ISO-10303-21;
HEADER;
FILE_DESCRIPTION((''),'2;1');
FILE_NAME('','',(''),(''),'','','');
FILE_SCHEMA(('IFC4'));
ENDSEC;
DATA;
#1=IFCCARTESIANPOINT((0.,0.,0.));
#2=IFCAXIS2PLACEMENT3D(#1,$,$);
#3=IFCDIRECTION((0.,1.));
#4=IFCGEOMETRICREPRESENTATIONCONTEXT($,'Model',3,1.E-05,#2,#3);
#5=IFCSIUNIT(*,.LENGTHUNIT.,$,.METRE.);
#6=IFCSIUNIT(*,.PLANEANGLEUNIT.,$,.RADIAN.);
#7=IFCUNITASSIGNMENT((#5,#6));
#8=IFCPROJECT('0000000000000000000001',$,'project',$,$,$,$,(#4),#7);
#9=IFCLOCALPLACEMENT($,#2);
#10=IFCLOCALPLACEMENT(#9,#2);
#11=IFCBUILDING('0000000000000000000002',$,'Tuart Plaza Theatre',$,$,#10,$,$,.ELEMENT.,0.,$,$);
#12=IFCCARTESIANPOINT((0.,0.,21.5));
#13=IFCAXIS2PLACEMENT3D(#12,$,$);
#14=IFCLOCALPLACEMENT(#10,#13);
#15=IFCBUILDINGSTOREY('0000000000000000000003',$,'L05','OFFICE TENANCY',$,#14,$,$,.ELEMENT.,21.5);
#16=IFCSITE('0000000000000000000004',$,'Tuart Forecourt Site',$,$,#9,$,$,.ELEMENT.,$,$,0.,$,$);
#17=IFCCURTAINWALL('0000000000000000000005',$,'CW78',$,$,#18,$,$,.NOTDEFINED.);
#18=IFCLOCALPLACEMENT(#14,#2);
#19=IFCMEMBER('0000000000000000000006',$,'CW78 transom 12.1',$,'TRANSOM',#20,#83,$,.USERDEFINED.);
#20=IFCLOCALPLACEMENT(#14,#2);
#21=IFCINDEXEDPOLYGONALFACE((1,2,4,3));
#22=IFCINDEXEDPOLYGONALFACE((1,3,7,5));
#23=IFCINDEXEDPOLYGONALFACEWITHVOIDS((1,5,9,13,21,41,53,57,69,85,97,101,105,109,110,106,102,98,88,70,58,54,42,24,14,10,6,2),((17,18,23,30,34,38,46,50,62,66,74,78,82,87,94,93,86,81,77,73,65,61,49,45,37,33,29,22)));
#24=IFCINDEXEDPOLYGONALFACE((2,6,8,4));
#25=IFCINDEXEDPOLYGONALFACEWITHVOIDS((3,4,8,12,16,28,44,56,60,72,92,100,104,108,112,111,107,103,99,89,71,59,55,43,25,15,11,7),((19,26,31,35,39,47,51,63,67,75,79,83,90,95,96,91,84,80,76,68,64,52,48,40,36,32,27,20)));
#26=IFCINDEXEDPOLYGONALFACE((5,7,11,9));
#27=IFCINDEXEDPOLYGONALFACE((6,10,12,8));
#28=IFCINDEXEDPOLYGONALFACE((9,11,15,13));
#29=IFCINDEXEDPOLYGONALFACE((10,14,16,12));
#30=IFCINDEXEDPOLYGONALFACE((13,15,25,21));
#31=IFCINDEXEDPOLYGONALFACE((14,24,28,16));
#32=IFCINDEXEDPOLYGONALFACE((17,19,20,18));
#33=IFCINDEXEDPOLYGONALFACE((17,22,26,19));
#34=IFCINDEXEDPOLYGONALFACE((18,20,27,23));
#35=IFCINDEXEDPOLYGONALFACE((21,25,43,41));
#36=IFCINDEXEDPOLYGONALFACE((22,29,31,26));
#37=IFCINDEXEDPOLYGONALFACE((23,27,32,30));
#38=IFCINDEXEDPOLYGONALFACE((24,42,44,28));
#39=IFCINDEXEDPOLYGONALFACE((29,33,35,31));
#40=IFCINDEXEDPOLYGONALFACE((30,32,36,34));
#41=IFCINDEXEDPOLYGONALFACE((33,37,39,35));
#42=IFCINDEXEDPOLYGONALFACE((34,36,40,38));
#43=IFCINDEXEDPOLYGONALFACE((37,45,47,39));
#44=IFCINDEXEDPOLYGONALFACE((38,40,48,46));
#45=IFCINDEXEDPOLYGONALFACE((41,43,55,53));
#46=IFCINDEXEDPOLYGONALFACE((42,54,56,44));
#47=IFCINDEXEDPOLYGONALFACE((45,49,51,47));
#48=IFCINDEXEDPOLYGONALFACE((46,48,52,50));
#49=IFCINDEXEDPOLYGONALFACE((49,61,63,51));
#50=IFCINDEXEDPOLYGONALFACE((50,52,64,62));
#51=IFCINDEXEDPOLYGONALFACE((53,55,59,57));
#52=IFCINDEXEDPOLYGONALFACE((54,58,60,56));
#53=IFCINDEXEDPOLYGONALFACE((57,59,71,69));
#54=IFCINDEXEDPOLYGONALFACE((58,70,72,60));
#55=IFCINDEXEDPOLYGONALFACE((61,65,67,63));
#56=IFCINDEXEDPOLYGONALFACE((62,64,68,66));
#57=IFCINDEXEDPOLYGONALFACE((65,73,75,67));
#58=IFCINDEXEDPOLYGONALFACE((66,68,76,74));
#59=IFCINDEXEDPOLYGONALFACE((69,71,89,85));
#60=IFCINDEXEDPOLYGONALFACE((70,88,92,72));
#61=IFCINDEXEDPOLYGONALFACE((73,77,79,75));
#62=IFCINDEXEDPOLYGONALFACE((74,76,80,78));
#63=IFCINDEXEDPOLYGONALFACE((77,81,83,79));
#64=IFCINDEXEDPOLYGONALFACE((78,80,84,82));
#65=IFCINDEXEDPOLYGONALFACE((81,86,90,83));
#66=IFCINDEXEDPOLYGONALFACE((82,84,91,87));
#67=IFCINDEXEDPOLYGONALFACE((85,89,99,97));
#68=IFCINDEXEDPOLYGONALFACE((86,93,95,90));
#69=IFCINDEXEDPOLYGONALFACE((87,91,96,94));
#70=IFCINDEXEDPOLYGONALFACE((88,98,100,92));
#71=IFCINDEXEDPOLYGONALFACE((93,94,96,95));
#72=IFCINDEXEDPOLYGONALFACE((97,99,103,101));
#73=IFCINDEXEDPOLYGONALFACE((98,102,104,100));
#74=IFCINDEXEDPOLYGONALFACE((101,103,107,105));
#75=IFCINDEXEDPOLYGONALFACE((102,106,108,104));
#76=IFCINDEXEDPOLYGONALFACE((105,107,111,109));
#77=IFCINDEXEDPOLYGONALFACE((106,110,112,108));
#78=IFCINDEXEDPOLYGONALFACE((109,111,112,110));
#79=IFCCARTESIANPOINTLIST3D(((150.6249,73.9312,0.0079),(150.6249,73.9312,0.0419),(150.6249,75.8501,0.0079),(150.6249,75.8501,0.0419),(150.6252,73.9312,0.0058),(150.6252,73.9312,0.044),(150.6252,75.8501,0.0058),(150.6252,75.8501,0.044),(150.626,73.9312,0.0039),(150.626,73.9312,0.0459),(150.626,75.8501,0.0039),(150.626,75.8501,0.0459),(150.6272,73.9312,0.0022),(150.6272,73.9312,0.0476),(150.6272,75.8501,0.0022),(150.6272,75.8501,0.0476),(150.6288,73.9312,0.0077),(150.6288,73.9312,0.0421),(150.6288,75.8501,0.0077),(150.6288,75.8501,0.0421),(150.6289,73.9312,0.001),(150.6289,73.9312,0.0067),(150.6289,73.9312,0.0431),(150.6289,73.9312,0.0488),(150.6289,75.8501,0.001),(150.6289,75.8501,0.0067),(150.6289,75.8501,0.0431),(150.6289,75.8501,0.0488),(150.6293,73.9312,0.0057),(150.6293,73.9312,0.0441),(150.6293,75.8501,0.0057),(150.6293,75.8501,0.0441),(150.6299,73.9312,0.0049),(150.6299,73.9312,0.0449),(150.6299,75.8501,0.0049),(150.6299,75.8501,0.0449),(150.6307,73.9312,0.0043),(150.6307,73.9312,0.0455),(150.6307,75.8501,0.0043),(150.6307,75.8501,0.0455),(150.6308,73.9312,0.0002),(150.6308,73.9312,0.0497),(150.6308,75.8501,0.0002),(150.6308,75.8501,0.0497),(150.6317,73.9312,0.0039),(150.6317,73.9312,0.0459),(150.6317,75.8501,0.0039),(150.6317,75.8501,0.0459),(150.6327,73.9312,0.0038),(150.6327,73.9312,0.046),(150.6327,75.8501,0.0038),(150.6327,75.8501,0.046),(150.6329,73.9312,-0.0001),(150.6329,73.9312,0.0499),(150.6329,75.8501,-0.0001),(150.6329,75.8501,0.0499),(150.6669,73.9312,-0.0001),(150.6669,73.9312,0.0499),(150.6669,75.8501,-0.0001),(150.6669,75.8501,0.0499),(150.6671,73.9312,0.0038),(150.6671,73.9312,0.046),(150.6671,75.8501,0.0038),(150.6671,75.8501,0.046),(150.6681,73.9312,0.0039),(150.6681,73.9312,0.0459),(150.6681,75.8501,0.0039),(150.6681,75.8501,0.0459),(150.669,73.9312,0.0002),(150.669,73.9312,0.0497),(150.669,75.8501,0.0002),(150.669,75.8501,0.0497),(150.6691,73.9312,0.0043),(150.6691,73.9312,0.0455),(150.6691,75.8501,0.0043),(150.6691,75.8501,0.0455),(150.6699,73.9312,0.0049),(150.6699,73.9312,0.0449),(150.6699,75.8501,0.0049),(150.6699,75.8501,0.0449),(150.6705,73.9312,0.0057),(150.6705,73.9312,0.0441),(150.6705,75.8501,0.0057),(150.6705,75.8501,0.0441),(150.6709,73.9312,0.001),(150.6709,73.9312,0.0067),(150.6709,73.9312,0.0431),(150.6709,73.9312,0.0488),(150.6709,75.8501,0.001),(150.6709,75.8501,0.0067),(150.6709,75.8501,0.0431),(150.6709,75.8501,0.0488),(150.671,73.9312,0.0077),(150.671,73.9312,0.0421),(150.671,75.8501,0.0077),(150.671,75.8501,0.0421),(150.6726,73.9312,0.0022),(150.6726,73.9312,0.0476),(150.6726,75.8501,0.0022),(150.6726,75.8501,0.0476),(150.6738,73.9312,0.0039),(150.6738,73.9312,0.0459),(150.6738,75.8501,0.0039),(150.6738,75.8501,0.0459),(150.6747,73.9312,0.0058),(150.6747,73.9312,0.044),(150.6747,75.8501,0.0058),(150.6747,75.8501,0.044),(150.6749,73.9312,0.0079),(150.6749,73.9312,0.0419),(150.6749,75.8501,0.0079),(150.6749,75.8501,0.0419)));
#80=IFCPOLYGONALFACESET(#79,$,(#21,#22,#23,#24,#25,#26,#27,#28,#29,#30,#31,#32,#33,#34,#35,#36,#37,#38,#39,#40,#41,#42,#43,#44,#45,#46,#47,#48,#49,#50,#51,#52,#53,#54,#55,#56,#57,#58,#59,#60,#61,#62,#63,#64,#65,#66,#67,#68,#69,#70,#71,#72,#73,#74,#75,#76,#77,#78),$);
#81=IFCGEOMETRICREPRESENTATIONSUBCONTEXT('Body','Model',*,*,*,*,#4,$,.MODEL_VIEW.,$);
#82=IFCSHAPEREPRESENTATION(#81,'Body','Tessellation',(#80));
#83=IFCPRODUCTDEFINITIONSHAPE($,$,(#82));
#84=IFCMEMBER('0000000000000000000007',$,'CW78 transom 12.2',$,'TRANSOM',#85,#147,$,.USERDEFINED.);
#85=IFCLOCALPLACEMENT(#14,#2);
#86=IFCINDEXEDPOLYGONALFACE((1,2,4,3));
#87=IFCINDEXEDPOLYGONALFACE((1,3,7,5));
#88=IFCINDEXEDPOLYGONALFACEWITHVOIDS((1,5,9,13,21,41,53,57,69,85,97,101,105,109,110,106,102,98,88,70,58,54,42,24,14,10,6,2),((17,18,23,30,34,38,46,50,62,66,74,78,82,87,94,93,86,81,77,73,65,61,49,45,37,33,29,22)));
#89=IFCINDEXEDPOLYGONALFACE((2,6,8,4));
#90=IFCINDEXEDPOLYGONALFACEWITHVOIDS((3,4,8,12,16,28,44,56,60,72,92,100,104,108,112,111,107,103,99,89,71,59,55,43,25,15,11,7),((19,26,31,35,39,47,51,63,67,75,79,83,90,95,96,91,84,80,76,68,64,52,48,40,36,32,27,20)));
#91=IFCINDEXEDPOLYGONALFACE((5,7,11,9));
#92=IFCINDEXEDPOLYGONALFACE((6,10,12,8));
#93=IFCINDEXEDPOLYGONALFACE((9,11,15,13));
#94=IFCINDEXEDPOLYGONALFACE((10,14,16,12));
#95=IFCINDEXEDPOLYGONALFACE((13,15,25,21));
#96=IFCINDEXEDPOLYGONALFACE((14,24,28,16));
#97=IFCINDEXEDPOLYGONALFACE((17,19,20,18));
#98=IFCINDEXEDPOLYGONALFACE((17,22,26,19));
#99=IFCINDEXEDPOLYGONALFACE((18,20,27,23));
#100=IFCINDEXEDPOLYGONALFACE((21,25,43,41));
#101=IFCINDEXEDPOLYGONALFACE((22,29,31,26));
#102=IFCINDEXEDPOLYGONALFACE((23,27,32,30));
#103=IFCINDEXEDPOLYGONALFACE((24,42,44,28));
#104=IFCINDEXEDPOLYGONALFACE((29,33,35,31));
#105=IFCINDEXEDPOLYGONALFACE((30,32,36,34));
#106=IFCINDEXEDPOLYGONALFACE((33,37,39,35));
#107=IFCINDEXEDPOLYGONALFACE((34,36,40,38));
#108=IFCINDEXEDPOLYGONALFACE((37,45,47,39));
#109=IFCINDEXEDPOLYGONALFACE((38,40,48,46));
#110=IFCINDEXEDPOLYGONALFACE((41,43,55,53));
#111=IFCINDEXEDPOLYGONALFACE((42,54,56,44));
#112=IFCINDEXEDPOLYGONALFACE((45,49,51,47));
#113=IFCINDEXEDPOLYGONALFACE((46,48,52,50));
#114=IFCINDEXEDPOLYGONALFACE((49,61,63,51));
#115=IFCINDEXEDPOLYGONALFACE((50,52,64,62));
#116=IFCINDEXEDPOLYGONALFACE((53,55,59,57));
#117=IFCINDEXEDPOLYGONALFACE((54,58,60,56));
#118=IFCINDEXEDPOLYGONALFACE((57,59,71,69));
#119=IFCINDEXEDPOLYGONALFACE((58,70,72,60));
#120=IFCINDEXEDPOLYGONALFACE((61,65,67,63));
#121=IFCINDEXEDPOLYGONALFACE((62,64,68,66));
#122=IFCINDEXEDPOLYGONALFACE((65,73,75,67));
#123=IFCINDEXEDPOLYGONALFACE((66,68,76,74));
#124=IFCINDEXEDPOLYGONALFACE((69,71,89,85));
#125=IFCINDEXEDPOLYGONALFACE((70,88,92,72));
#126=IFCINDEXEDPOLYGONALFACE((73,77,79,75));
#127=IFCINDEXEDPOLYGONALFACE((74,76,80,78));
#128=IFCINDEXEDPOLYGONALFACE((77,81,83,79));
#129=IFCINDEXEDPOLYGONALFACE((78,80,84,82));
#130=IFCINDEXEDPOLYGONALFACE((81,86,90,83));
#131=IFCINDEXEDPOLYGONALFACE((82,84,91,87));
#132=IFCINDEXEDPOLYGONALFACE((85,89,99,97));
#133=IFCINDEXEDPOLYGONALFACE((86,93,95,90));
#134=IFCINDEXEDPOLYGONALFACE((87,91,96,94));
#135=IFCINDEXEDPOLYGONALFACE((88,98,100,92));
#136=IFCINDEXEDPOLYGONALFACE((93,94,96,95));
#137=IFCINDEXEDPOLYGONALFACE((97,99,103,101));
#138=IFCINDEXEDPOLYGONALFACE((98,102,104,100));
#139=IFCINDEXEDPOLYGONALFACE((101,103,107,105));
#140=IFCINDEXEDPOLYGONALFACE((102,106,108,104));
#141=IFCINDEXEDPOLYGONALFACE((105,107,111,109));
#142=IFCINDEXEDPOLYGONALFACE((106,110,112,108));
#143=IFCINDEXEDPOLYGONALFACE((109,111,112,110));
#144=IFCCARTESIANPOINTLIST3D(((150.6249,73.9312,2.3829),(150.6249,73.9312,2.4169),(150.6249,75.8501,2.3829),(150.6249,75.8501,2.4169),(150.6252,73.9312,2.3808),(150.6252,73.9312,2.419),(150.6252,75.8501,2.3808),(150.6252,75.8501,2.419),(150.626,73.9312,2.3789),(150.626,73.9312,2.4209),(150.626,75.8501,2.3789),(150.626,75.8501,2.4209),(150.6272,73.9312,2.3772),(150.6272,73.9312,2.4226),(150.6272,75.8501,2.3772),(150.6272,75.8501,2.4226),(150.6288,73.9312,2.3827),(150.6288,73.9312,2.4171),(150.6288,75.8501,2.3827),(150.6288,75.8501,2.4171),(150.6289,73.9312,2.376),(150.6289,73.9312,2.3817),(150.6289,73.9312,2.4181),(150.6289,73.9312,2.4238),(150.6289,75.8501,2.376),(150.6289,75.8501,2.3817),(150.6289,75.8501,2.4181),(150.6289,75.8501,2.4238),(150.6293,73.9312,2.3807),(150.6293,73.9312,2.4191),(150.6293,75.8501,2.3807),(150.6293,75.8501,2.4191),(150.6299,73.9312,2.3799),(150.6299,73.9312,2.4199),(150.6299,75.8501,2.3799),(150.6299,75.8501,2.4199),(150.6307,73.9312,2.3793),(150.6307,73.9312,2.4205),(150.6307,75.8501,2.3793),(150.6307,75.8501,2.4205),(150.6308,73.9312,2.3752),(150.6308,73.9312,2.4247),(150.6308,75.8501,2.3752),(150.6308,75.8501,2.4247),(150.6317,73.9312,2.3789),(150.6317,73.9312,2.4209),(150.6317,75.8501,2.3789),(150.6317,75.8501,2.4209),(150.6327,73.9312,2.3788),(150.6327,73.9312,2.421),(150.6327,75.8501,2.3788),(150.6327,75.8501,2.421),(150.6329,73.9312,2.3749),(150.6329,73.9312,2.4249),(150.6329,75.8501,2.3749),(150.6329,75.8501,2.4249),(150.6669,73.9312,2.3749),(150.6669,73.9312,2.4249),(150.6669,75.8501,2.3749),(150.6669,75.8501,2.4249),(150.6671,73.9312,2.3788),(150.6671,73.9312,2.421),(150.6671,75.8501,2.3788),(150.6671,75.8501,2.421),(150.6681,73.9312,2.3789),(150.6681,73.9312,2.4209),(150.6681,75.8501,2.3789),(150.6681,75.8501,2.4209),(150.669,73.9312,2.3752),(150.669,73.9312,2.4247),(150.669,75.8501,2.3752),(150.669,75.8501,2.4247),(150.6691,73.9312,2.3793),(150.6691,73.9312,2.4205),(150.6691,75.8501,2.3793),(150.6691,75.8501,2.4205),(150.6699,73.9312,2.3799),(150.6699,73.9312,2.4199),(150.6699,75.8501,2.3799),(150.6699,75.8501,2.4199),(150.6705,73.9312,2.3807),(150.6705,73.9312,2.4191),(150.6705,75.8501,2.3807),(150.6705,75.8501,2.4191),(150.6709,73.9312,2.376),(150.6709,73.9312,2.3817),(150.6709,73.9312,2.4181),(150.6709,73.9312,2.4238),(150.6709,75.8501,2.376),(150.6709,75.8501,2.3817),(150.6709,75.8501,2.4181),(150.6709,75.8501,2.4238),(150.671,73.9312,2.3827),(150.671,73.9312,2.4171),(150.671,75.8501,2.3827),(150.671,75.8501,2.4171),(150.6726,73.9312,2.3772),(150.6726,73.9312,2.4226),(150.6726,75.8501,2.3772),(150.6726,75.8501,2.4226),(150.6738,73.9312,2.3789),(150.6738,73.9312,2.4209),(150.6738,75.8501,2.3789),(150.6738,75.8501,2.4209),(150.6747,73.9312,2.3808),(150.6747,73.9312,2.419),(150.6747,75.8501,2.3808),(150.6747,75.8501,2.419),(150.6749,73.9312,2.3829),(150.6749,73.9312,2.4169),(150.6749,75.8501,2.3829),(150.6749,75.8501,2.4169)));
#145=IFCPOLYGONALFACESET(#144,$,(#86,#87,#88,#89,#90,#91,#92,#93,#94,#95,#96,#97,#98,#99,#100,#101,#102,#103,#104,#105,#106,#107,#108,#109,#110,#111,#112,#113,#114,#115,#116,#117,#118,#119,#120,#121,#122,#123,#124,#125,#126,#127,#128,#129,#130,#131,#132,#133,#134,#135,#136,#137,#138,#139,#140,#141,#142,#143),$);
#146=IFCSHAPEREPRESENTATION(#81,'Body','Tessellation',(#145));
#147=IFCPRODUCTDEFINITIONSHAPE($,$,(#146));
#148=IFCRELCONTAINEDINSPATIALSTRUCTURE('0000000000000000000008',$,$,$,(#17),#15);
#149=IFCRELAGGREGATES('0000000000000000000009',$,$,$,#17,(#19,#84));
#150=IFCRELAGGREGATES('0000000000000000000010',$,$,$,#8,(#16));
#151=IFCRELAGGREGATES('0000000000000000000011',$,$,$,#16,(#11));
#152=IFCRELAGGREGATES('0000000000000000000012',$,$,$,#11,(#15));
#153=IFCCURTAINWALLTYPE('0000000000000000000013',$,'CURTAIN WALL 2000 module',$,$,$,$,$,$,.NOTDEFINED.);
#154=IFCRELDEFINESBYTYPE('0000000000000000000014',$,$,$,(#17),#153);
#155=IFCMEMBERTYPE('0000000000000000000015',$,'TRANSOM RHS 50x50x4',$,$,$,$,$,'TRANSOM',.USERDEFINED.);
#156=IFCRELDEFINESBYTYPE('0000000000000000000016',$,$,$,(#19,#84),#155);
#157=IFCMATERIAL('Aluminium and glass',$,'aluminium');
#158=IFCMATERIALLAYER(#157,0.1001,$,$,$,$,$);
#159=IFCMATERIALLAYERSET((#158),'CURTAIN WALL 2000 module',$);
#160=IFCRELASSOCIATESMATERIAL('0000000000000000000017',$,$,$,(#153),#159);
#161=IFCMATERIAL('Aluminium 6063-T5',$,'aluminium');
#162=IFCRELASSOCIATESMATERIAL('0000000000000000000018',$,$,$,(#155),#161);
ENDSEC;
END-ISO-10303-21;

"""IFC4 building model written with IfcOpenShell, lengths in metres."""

from ifc_helpers import new_model, si_unit, direction, frame, origin, origin_2d, place, context, subcontext, project, spatial, hollow_rectangle, extrude, material, layer, layer_set, material_profile, profile_set, type_object, element, aggregate, save


model = new_model("IFC4")

# Units and contexts
model_context = context("Model", 3, precision=1e-05, world=origin(), true_north=direction((0.0, 1.0)))
body_context = subcontext(model_context, "Body", "Model", "MODEL_VIEW")
ifc_project = project(units=[si_unit("LENGTHUNIT", "METRE"), si_unit("PLANEANGLEUNIT", "RADIAN")], contexts=[model_context])

# Site, building, storey
site_placement = place(None, origin())
site = spatial("IfcSite", under=ifc_project, at=site_placement, Name="Tuart Forecourt Site", CompositionType="ELEMENT", RefElevation=0.0)
building_placement = place(site_placement, origin())
building = spatial("IfcBuilding", under=site, at=building_placement, Name="Tuart Plaza Theatre", CompositionType="ELEMENT", ElevationOfRefHeight=0.0)
storey_placement = place(building_placement, frame((0.0, 0.0, 21.5)))
storey = spatial("IfcBuildingStorey", under=building, at=storey_placement, Name="L05", Description="OFFICE TENANCY", CompositionType="ELEMENT", Elevation=21.5)

# Curtain wall, members
ifc_material_1 = material(Name="Aluminium and glass", Category="aluminium")
ifc_layer_1 = layer(ifc_material_1, 0.1001)
ifc_layer_set_1 = layer_set([ifc_layer_1], Name="CURTAIN WALL 2000 module")
curtain_wall_type = type_object("IfcCurtainWallType", Name="CURTAIN WALL 2000 module", PredefinedType="NOTDEFINED", material=ifc_layer_set_1)
curtain_wall_placement = place(storey_placement, origin())
curtain_wall = element("IfcCurtainWall", 1, at=curtain_wall_placement, inside=storey, type_object=curtain_wall_type, Name="CW78", PredefinedType="NOTDEFINED")
ifc_material_2 = material(Name="Aluminium 6063-T5", Category="aluminium")
ifc_material_profile_1 = material_profile(ifc_material_2, hollow_rectangle(XDim=0.05, YDim=0.05, WallThickness=0.0039, InnerFilletRadius=0.0039, OuterFilletRadius=0.0081, at=origin_2d()), Name="RHS 50x50x4")
ifc_profile_set_1 = profile_set([ifc_material_profile_1], Name="Aluminium 6063-T5")
member_type_1 = type_object("IfcMemberType", Name="TRANSOM RHS 50x50x4", ElementType="TRANSOM", PredefinedType="USERDEFINED", material=ifc_profile_set_1)
member_1_placement = place(storey_placement, frame((150.6499, 73.9312, 0.0249), z_axis=(0.0, 1.0, 0.0), x_axis=(-1.0, 0.0, 0.0)))
member_1 = element("IfcMember", 2, at=member_1_placement, type_object=member_type_1, Name="CW78 transom 12.1", ObjectType="TRANSOM", PredefinedType="USERDEFINED", context=body_context, shape_type="SweptSolid", body=[
    extrude(hollow_rectangle(XDim=0.05, YDim=0.05, WallThickness=0.0039, InnerFilletRadius=0.0039, OuterFilletRadius=0.0081, at=origin_2d()), origin(), (0.0, 0.0, 1.0), 1.9189),
])
member_2_placement = place(storey_placement, frame((150.6499, 73.9312, 2.3999), z_axis=(0.0, 1.0, 0.0), x_axis=(-1.0, 0.0, 0.0)))
member_2 = element("IfcMember", 3, at=member_2_placement, type_object=member_type_1, Name="CW78 transom 12.2", ObjectType="TRANSOM", PredefinedType="USERDEFINED", context=body_context, shape_type="SweptSolid", body=[
    extrude(hollow_rectangle(XDim=0.05, YDim=0.05, WallThickness=0.0039, InnerFilletRadius=0.0039, OuterFilletRadius=0.0081, at=origin_2d()), origin(), (0.0, 0.0, 1.0), 1.9189),
])
aggregate(curtain_wall, [member_1, member_2])

save(model, "model.ifc")
